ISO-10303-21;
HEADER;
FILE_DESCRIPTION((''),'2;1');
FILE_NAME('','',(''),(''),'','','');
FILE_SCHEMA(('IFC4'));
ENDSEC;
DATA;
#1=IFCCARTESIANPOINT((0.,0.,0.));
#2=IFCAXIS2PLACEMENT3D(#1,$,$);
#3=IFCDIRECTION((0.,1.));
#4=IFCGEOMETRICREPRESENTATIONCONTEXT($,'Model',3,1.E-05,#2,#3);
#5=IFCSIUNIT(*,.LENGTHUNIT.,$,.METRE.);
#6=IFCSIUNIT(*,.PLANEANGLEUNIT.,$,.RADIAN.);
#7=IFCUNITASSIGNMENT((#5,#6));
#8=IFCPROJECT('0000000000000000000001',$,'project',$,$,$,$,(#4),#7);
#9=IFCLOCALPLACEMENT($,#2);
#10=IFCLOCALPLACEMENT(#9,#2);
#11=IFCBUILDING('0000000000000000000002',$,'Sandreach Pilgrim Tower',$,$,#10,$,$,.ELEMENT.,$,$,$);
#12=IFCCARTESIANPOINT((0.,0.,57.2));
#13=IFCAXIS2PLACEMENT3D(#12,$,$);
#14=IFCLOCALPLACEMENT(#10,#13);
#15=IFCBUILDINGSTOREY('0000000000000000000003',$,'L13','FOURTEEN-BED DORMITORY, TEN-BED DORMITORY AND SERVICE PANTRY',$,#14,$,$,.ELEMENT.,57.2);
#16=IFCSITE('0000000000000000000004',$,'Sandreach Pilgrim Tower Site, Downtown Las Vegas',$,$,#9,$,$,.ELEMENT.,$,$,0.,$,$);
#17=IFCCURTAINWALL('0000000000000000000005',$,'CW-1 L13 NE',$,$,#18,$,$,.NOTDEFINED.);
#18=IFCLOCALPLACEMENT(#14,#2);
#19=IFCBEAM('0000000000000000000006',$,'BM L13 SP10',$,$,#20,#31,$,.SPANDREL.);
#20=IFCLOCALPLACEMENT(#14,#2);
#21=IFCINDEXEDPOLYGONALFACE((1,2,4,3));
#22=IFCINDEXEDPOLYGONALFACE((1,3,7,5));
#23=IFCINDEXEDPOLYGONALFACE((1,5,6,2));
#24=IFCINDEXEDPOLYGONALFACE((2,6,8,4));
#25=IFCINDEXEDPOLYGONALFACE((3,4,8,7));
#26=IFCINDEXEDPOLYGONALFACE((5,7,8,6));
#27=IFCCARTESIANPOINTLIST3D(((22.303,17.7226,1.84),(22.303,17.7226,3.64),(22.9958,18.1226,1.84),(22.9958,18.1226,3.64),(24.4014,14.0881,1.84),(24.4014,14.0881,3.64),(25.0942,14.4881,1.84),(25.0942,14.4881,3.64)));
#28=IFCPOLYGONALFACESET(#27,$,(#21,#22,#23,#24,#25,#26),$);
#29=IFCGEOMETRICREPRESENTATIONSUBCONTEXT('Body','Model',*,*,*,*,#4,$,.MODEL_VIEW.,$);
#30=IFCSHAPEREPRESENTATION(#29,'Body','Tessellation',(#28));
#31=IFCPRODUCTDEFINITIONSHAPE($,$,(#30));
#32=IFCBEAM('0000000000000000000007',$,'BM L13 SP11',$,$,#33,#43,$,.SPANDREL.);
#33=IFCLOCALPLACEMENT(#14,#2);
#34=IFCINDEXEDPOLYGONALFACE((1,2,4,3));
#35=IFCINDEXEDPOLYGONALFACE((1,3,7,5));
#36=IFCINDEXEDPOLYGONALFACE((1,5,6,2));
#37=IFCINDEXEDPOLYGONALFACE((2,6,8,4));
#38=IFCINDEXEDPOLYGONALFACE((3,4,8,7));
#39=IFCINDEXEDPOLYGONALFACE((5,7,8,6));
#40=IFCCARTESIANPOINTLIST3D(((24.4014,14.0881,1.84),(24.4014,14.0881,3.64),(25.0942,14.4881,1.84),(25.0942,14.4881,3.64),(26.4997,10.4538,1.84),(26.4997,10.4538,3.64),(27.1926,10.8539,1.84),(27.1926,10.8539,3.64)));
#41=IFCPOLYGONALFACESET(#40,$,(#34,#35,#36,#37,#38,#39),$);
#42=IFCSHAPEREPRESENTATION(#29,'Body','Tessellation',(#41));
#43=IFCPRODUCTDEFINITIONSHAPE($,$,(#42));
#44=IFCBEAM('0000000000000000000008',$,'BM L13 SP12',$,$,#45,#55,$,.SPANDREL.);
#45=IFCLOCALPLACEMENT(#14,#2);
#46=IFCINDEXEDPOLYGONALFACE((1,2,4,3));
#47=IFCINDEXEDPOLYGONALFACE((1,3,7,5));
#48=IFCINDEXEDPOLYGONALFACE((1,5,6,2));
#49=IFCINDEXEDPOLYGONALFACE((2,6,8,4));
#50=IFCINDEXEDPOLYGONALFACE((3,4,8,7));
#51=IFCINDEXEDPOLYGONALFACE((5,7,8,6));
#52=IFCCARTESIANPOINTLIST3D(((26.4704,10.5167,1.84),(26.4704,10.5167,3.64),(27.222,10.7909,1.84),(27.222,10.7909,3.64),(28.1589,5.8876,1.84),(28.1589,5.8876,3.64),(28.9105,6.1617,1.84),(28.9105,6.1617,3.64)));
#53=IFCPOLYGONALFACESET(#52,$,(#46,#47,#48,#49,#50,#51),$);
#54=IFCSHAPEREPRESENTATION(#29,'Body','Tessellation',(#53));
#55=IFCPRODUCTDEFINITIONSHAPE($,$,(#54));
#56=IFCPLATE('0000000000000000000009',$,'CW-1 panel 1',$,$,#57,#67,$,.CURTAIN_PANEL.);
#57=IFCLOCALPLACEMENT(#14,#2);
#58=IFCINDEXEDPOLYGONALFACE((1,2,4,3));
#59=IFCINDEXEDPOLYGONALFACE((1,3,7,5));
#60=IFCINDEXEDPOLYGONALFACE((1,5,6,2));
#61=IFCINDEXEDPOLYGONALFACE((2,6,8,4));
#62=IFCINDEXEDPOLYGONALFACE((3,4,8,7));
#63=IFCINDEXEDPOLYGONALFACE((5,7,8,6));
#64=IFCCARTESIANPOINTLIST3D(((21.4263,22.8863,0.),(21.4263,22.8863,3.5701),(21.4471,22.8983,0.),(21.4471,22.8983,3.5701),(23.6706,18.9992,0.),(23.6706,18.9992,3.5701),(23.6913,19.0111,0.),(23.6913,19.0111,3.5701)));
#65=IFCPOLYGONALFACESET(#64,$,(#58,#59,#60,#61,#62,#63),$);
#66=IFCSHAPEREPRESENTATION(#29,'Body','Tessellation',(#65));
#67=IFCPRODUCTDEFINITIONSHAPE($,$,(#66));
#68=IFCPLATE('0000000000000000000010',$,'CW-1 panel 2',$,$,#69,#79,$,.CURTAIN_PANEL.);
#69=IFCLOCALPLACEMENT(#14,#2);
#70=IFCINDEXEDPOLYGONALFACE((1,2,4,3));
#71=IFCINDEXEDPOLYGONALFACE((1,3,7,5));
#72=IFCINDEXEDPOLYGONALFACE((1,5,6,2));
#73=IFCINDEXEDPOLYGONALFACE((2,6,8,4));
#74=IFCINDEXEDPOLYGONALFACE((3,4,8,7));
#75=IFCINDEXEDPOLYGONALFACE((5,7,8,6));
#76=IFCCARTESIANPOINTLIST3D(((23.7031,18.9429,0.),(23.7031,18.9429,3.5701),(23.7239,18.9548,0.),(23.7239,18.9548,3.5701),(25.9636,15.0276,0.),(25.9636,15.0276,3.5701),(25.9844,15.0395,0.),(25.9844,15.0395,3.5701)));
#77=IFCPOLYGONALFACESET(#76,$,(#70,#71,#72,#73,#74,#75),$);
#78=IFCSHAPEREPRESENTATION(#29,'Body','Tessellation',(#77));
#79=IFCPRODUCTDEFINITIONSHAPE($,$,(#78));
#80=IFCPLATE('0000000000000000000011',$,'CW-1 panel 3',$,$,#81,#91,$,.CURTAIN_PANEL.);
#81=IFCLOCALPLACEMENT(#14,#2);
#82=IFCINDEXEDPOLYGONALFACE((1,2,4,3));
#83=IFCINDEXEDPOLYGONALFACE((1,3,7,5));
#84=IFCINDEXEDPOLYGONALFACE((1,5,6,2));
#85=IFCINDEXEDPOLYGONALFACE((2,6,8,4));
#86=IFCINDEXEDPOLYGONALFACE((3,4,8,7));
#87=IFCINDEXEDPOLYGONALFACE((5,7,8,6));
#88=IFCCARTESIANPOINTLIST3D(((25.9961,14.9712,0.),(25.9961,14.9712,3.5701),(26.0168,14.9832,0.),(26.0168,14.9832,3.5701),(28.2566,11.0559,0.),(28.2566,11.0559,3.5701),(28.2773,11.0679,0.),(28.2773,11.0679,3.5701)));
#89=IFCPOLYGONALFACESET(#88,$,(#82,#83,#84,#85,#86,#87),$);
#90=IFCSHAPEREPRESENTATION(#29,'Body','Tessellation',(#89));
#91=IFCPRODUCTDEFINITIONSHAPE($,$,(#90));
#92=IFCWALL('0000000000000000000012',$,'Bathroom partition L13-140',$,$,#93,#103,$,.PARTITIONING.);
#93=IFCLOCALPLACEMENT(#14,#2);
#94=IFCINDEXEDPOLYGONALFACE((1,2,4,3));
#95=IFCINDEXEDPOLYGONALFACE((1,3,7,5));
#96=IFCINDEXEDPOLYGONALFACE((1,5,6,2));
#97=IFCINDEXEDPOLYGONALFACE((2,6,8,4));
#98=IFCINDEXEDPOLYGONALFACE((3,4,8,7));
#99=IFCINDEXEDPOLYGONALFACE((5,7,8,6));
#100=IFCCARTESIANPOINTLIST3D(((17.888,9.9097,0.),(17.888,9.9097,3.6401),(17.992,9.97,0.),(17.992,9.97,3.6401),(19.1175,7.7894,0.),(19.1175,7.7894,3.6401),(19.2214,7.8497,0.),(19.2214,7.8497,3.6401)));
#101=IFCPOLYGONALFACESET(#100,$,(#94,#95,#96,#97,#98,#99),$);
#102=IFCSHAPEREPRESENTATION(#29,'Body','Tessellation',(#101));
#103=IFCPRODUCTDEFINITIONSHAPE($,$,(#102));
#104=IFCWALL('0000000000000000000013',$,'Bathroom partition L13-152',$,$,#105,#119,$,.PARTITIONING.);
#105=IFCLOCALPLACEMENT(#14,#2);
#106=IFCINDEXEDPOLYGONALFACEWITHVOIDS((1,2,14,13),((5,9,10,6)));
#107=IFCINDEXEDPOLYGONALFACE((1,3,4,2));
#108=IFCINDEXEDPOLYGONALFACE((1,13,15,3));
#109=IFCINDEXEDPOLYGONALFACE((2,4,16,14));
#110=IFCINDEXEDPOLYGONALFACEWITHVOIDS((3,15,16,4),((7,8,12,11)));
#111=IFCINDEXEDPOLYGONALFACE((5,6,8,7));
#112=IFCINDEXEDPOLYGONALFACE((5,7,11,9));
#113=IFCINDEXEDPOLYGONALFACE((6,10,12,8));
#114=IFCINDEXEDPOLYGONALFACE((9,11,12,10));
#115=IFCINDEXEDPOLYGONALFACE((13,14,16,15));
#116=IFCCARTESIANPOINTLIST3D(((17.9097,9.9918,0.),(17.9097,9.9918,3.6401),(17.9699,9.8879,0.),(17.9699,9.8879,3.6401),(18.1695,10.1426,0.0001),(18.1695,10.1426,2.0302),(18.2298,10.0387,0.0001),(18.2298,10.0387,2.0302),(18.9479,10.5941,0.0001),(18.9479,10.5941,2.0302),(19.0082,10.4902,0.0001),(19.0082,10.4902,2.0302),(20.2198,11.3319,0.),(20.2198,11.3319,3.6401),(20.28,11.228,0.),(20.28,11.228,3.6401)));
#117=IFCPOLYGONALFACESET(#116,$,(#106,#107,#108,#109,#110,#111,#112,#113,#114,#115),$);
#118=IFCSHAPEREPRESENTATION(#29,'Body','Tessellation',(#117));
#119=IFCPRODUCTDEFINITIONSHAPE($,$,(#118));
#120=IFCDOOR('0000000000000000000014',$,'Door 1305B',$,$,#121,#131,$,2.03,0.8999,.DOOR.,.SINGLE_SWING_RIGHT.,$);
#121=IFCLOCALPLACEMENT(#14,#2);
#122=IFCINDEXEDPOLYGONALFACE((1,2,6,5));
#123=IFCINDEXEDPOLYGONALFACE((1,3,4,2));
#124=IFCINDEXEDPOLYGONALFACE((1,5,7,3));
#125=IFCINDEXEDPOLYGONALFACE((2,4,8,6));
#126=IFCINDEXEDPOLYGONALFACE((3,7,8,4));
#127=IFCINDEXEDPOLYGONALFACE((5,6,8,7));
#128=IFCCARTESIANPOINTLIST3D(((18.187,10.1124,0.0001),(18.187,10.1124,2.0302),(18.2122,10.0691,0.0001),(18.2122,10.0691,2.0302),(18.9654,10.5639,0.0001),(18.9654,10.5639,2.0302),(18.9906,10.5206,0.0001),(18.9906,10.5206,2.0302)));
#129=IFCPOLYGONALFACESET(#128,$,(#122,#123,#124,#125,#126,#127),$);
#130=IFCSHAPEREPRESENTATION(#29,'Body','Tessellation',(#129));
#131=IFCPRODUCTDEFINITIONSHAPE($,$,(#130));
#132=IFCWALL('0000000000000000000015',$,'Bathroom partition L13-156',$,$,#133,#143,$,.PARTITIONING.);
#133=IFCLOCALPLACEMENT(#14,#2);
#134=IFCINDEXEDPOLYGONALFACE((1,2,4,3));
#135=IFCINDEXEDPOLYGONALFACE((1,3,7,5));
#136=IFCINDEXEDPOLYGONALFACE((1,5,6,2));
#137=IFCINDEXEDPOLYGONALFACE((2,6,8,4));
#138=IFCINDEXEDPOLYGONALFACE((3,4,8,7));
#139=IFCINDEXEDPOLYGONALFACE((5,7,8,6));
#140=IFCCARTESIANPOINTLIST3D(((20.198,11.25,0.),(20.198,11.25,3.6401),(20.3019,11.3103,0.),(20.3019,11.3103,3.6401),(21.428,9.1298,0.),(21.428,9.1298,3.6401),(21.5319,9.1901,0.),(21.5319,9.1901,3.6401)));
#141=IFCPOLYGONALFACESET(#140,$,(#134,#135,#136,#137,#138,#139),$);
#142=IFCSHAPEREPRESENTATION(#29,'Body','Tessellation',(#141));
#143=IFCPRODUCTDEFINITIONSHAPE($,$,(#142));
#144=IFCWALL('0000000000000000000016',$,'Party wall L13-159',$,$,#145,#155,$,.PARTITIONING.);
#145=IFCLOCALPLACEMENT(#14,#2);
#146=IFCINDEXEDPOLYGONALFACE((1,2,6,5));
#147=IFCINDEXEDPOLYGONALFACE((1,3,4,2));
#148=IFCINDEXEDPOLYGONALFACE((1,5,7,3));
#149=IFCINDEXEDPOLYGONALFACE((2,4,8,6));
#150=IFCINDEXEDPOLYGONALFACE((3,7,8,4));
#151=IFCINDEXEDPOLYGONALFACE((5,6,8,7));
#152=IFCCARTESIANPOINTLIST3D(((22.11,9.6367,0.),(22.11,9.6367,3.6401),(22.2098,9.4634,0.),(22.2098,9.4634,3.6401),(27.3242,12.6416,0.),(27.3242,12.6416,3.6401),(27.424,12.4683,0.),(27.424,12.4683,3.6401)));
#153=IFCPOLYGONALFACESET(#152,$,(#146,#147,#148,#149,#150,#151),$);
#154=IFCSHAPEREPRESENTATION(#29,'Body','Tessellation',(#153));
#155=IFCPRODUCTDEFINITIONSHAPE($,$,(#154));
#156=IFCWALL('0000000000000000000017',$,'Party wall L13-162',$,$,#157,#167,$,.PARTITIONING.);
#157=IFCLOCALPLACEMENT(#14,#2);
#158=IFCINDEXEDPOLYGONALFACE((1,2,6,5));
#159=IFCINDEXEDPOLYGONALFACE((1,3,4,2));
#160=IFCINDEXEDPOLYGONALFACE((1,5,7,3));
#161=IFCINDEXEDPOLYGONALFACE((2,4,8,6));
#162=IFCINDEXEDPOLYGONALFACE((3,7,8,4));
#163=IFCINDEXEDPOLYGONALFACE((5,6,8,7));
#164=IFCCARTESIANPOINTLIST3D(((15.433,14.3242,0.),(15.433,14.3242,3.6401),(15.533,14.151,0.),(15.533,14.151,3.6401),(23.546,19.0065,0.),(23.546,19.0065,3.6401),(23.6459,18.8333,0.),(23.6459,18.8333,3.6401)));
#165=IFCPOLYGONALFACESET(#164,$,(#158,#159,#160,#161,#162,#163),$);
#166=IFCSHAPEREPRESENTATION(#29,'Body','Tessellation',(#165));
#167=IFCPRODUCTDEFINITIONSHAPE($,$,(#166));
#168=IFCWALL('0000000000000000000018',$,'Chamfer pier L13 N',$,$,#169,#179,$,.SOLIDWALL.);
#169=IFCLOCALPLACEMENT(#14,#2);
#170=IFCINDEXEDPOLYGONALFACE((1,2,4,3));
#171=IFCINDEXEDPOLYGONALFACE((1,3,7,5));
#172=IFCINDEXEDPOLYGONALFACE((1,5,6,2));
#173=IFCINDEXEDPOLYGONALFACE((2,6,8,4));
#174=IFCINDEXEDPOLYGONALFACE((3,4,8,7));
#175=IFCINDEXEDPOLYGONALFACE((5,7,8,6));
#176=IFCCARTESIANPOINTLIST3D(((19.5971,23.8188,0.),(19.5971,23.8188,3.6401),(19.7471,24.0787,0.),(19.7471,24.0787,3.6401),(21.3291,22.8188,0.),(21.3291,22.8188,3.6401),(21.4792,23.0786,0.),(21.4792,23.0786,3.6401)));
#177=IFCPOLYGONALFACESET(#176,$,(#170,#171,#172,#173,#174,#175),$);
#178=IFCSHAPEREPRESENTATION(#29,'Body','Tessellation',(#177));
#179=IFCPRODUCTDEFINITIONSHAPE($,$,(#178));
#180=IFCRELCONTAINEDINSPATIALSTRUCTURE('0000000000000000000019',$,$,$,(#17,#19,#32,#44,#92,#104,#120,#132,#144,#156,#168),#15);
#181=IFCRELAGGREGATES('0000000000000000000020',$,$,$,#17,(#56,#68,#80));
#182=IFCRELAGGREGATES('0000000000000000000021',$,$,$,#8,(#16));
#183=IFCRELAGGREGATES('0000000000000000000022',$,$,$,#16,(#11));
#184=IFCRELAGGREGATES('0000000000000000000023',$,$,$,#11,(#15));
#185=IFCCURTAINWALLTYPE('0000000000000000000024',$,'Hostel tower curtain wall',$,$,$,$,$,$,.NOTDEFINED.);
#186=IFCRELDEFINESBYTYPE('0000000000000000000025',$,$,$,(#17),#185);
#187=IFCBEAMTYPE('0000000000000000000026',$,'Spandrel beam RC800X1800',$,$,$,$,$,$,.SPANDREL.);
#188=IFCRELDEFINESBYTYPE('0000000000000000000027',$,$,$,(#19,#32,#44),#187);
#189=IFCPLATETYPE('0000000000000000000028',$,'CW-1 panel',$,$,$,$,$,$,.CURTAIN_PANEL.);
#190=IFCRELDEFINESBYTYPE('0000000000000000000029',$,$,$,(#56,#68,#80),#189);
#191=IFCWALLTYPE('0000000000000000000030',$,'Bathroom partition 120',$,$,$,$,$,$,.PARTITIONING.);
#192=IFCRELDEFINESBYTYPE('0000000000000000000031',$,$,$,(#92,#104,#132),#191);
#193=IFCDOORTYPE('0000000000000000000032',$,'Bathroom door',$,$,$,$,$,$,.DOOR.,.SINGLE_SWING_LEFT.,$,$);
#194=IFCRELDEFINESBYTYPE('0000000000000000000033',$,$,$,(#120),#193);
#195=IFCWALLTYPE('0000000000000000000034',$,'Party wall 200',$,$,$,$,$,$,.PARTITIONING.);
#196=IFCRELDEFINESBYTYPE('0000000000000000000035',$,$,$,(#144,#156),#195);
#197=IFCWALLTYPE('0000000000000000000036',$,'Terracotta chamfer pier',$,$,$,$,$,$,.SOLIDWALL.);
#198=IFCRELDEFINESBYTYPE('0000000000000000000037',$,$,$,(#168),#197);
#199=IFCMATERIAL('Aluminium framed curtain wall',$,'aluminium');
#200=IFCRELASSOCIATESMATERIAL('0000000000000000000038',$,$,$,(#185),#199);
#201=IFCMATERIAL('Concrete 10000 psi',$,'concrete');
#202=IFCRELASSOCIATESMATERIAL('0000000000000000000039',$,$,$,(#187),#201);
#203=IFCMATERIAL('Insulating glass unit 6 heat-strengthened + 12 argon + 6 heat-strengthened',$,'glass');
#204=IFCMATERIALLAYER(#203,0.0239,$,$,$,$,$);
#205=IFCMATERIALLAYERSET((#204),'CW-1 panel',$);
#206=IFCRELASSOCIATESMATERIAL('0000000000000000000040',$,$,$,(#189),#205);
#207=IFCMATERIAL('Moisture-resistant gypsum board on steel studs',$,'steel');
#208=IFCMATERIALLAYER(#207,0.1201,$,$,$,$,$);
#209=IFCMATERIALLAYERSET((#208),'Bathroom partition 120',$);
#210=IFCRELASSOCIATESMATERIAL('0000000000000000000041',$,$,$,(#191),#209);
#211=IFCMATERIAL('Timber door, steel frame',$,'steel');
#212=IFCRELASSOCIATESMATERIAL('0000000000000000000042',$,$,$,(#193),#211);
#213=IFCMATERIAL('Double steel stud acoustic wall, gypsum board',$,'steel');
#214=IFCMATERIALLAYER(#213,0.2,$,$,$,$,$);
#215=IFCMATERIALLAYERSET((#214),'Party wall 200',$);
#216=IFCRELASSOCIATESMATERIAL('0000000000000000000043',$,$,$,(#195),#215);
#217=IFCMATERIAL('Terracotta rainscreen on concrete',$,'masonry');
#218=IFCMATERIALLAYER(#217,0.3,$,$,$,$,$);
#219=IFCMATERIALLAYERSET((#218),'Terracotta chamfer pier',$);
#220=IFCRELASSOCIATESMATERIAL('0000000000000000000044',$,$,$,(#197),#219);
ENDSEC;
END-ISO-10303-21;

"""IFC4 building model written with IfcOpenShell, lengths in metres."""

from ifc_helpers import new_model, si_unit, direction, frame, frame_2d, origin, origin_2d, place, context, subcontext, project, spatial, rectangle, extrude, material, layer, layer_set, material_profile, profile_set, type_object, element, fill, aggregate, save


model = new_model("IFC4")

# Units and contexts
model_context = context("Model", 3, precision=1e-05, world=origin(), true_north=direction((0.0, 1.0)))
body_context = subcontext(model_context, "Body", "Model", "MODEL_VIEW")
ifc_project = project(units=[si_unit("LENGTHUNIT", "METRE"), si_unit("PLANEANGLEUNIT", "RADIAN")], contexts=[model_context])

# Site, building, storey
site_placement = place(None, origin())
site = spatial("IfcSite", under=ifc_project, at=site_placement, Name="Sandreach Pilgrim Tower Site, Downtown Las Vegas", CompositionType="ELEMENT", RefElevation=0.0)
building_placement = place(site_placement, origin())
building = spatial("IfcBuilding", under=site, at=building_placement, Name="Sandreach Pilgrim Tower", CompositionType="ELEMENT")
storey_placement = place(building_placement, frame((0.0, 0.0, 57.2)))
storey = spatial("IfcBuildingStorey", under=building, at=storey_placement, Name="L13", Description="FOURTEEN-BED DORMITORY, TEN-BED DORMITORY AND SERVICE PANTRY", CompositionType="ELEMENT", Elevation=57.2)

# Shared definitions
ifc_material_1 = material(Name="Aluminium framed curtain wall", Category="aluminium")
curtain_wall_type = type_object("IfcCurtainWallType", Name="Hostel tower curtain wall", PredefinedType="NOTDEFINED", material=ifc_material_1)

# Curtain wall
curtain_wall_1_placement = place(storey_placement, origin())
curtain_wall_1 = element("IfcCurtainWall", 1, at=curtain_wall_1_placement, inside=storey, type_object=curtain_wall_type, Name="CW-1 L13 NE", PredefinedType="NOTDEFINED")

# Beams
ifc_material_2 = material(Name="Concrete 10000 psi", Category="concrete")
ifc_material_profile_1 = material_profile(ifc_material_2, rectangle(XDim=0.8, YDim=1.8, at=origin_2d()), Name="RC800X1800")
ifc_profile_set_1 = profile_set([ifc_material_profile_1], Name="Concrete 10000 psi")
beam_type_1 = type_object("IfcBeamType", Name="Spandrel beam RC800X1800", PredefinedType="SPANDREL", material=ifc_profile_set_1)
beam_1_placement = place(storey_placement, frame((22.6494, 17.9226, 2.74), z_axis=(0.499999, -0.866026, 0.0), x_axis=(0.866026, 0.499999, 0.0)))
element("IfcBeam", 2, at=beam_1_placement, inside=storey, type_object=beam_type_1, Name="BM L13 SP10", PredefinedType="SPANDREL", context=body_context, shape_type="SweptSolid", body=[
    extrude(rectangle(XDim=0.8, YDim=1.8, at=origin_2d()), origin(), (0.0, 0.0, 1.0), 4.1968),
])
beam_2_placement = place(storey_placement, frame((24.7478, 14.2881, 2.74), z_axis=(0.500025, -0.866011, 0.0), x_axis=(0.866011, 0.500025, 0.0)))
element("IfcBeam", 3, at=beam_2_placement, inside=storey, type_object=beam_type_1, Name="BM L13 SP11", PredefinedType="SPANDREL", context=body_context, shape_type="SweptSolid", body=[
    extrude(rectangle(XDim=0.8, YDim=1.8, at=origin_2d()), origin(), (0.0, 0.0, 1.0), 4.1965),
])
beam_3_placement = place(storey_placement, frame((26.8462, 10.6538, 2.74), z_axis=(0.342666, -0.939457, 0.0), x_axis=(0.939457, 0.342666, 0.0)))
element("IfcBeam", 4, at=beam_3_placement, inside=storey, type_object=beam_type_1, Name="BM L13 SP12", PredefinedType="SPANDREL", context=body_context, shape_type="SweptSolid", body=[
    extrude(rectangle(XDim=0.8, YDim=1.8, at=origin_2d()), origin(), (0.0, 0.0, 1.0), 4.9275),
])

# Plates
ifc_material_3 = material(Name="Insulating glass unit 6 heat-strengthened + 12 argon + 6 heat-strengthened", Category="glass")
ifc_layer_1 = layer(ifc_material_3, 0.0239)
ifc_layer_set_1 = layer_set([ifc_layer_1], Name="CW-1 panel")
plate_type = type_object("IfcPlateType", Name="CW-1 panel", PredefinedType="CURTAIN_PANEL", material=ifc_layer_set_1)
plate_1_placement = place(storey_placement, frame((22.5588, 20.9487, 0.0), z_axis=(0.0, 0.0, 1.0), x_axis=(0.5, -0.866025, 0.0)))
plate_1 = element("IfcPlate", 5, at=plate_1_placement, type_object=plate_type, Name="CW-1 panel 1", PredefinedType="CURTAIN_PANEL", context=body_context, shape_type="SweptSolid", body=[
    extrude(rectangle(XDim=4.4885, YDim=0.0239, at=origin_2d()), origin(), (0.0, 0.0, 1.0), 3.5701),
])
plate_2_placement = place(storey_placement, frame((24.8438, 16.9912, 0.0), z_axis=(0.0, 0.0, 1.0), x_axis=(0.5, -0.866025, 0.0)))
plate_2 = element("IfcPlate", 6, at=plate_2_placement, type_object=plate_type, Name="CW-1 panel 2", PredefinedType="CURTAIN_PANEL", context=body_context, shape_type="SweptSolid", body=[
    extrude(rectangle(XDim=4.521, YDim=0.0239, at=origin_2d()), origin(), (0.0, 0.0, 1.0), 3.5701),
])
plate_3_placement = place(storey_placement, frame((27.1367, 13.0195, 0.0), z_axis=(0.0, 0.0, 1.0), x_axis=(0.5, -0.866025, 0.0)))
plate_3 = element("IfcPlate", 7, at=plate_3_placement, type_object=plate_type, Name="CW-1 panel 3", PredefinedType="CURTAIN_PANEL", context=body_context, shape_type="SweptSolid", body=[
    extrude(rectangle(XDim=4.521, YDim=0.0239, at=origin_2d()), origin(), (0.0, 0.0, 1.0), 3.5701),
])
aggregate(curtain_wall_1, [plate_1, plate_2, plate_3])

# Wall
ifc_material_4 = material(Name="Moisture-resistant gypsum board on steel studs", Category="steel")
ifc_layer_2 = layer(ifc_material_4, 0.1201)
ifc_layer_set_2 = layer_set([ifc_layer_2], Name="Bathroom partition 120")
wall_type_1 = type_object("IfcWallType", Name="Bathroom partition 120", PredefinedType="PARTITIONING", material=ifc_layer_set_2)
wall_1_placement = place(storey_placement, frame((17.9399, 9.9399, 0.0), z_axis=(0.0, 0.0, 1.0), x_axis=(0.501621, -0.865087, 0.0)))
element("IfcWall", 8, at=wall_1_placement, inside=storey, type_object=wall_type_1, Name="Bathroom partition L13-140", PredefinedType="PARTITIONING", context=body_context, shape_type="SweptSolid", body=[
    extrude(rectangle(XDim=2.4509, YDim=0.1201, at=frame_2d((1.2256, 0.0))), origin(), (0.0, 0.0, 1.0), 3.6401),
])

# Wall, opening, door
wall_2_placement = place(storey_placement, frame((20.25, 11.28, 0.0), z_axis=(0.0, 0.0, 1.0), x_axis=(-0.86499, -0.501789, 0.0)))
wall_2 = element("IfcWall", 9, at=wall_2_placement, inside=storey, type_object=wall_type_1, Name="Bathroom partition L13-152", PredefinedType="PARTITIONING", context=body_context, shape_type="SweptSolid", body=[
    extrude(rectangle(XDim=2.6707, YDim=0.1201, at=frame_2d((1.3354, 0.0))), origin(), (0.0, 0.0, 1.0), 3.6401),
])
opening_placement = place(wall_2_placement, frame((1.4705, 0.0, 0.0)))
opening = element("IfcOpeningElement", 10, at=opening_placement, cuts=wall_2, PredefinedType="OPENING", context=body_context, shape_type="SweptSolid", body=[
    extrude(rectangle(XDim=0.8999, YDim=2.03, at=frame_2d((0.45, 1.0151))), frame((0.0, 0.0601, 0.0), z_axis=(0.0, -1.0, 0.0), x_axis=(1.0, 0.0, 0.0)), (0.0, 0.0, 1.0), 0.1201),
])
ifc_material_5 = material(Name="Timber door, steel frame", Category="steel")
door_type = type_object("IfcDoorType", Name="Bathroom door", OperationType="SINGLE_SWING_LEFT", PredefinedType="DOOR", material=ifc_material_5)
door_placement = place(opening_placement, origin())
door = element("IfcDoor", 11, at=door_placement, inside=storey, type_object=door_type, Name="Door 1305B", OperationType="SINGLE_SWING_RIGHT", OverallHeight=2.03, OverallWidth=0.8999, PredefinedType="DOOR", context=body_context, shape_type="SweptSolid", body=[
    extrude(rectangle(XDim=0.8999, YDim=2.03, at=frame_2d((0.45, 1.0151))), frame((0.0, 0.0249, 0.0), z_axis=(0.0, -1.0, 0.0), x_axis=(1.0, 0.0, 0.0)), (0.0, 0.0, 1.0), 0.05),
])
fill(opening, door)

# Walls
wall_3_placement = place(storey_placement, frame((21.48, 9.1599, 0.0), z_axis=(0.0, 0.0, 1.0), x_axis=(-0.501813, 0.864976, 0.0)))
element("IfcWall", 12, at=wall_3_placement, inside=storey, type_object=wall_type_1, Name="Bathroom partition L13-156", PredefinedType="PARTITIONING", context=body_context, shape_type="SweptSolid", body=[
    extrude(rectangle(XDim=2.4512, YDim=0.1201, at=frame_2d((1.2256, 0.0))), origin(), (0.0, 0.0, 1.0), 3.6401),
])
ifc_material_6 = material(Name="Double steel stud acoustic wall, gypsum board", Category="steel")
ifc_layer_3 = layer(ifc_material_6, 0.2)
ifc_layer_set_3 = layer_set([ifc_layer_3], Name="Party wall 200")
wall_type_2 = type_object("IfcWallType", Name="Party wall 200", PredefinedType="PARTITIONING", material=ifc_layer_set_3)
wall_4_placement = place(storey_placement, frame((22.1599, 9.55, 0.0), z_axis=(0.0, 0.0, 1.0), x_axis=(0.86642, 0.499316, 0.0)))
element("IfcWall", 13, at=wall_4_placement, inside=storey, type_object=wall_type_2, Name="Party wall L13-159", PredefinedType="PARTITIONING", context=body_context, shape_type="SweptSolid", body=[
    extrude(rectangle(XDim=6.0181, YDim=0.2, at=frame_2d((3.009, 0.0))), origin(), (0.0, 0.0, 1.0), 3.6401),
])
wall_5_placement = place(storey_placement, frame((23.5959, 18.9199, 0.0), z_axis=(0.0, 0.0, 1.0), x_axis=(-0.866104, -0.499865, 0.0)))
element("IfcWall", 14, at=wall_5_placement, inside=storey, type_object=wall_type_2, Name="Party wall L13-162", PredefinedType="PARTITIONING", context=body_context, shape_type="SweptSolid", body=[
    extrude(rectangle(XDim=9.3672, YDim=0.2, at=frame_2d((4.6836, 0.0))), origin(), (0.0, 0.0, 1.0), 3.6401),
])
ifc_material_7 = material(Name="Terracotta rainscreen on concrete", Category="masonry")
ifc_layer_4 = layer(ifc_material_7, 0.3)
ifc_layer_set_4 = layer_set([ifc_layer_4], Name="Terracotta chamfer pier")
wall_type_3 = type_object("IfcWallType", Name="Terracotta chamfer pier", PredefinedType="SOLIDWALL", material=ifc_layer_set_4)
wall_6_placement = place(storey_placement, frame((19.6721, 23.9487, 0.0), z_axis=(0.0, 0.0, 1.0), x_axis=(0.866011, -0.500025, 0.0)))
element("IfcWall", 15, at=wall_6_placement, inside=storey, type_object=wall_type_3, Name="Chamfer pier L13 N", PredefinedType="SOLIDWALL", context=body_context, shape_type="SweptSolid", body=[
    extrude(rectangle(XDim=2.0, YDim=0.3, at=frame_2d((1.0, 0.0))), origin(), (0.0, 0.0, 1.0), 3.6401),
])

save(model, "model.ifc")
